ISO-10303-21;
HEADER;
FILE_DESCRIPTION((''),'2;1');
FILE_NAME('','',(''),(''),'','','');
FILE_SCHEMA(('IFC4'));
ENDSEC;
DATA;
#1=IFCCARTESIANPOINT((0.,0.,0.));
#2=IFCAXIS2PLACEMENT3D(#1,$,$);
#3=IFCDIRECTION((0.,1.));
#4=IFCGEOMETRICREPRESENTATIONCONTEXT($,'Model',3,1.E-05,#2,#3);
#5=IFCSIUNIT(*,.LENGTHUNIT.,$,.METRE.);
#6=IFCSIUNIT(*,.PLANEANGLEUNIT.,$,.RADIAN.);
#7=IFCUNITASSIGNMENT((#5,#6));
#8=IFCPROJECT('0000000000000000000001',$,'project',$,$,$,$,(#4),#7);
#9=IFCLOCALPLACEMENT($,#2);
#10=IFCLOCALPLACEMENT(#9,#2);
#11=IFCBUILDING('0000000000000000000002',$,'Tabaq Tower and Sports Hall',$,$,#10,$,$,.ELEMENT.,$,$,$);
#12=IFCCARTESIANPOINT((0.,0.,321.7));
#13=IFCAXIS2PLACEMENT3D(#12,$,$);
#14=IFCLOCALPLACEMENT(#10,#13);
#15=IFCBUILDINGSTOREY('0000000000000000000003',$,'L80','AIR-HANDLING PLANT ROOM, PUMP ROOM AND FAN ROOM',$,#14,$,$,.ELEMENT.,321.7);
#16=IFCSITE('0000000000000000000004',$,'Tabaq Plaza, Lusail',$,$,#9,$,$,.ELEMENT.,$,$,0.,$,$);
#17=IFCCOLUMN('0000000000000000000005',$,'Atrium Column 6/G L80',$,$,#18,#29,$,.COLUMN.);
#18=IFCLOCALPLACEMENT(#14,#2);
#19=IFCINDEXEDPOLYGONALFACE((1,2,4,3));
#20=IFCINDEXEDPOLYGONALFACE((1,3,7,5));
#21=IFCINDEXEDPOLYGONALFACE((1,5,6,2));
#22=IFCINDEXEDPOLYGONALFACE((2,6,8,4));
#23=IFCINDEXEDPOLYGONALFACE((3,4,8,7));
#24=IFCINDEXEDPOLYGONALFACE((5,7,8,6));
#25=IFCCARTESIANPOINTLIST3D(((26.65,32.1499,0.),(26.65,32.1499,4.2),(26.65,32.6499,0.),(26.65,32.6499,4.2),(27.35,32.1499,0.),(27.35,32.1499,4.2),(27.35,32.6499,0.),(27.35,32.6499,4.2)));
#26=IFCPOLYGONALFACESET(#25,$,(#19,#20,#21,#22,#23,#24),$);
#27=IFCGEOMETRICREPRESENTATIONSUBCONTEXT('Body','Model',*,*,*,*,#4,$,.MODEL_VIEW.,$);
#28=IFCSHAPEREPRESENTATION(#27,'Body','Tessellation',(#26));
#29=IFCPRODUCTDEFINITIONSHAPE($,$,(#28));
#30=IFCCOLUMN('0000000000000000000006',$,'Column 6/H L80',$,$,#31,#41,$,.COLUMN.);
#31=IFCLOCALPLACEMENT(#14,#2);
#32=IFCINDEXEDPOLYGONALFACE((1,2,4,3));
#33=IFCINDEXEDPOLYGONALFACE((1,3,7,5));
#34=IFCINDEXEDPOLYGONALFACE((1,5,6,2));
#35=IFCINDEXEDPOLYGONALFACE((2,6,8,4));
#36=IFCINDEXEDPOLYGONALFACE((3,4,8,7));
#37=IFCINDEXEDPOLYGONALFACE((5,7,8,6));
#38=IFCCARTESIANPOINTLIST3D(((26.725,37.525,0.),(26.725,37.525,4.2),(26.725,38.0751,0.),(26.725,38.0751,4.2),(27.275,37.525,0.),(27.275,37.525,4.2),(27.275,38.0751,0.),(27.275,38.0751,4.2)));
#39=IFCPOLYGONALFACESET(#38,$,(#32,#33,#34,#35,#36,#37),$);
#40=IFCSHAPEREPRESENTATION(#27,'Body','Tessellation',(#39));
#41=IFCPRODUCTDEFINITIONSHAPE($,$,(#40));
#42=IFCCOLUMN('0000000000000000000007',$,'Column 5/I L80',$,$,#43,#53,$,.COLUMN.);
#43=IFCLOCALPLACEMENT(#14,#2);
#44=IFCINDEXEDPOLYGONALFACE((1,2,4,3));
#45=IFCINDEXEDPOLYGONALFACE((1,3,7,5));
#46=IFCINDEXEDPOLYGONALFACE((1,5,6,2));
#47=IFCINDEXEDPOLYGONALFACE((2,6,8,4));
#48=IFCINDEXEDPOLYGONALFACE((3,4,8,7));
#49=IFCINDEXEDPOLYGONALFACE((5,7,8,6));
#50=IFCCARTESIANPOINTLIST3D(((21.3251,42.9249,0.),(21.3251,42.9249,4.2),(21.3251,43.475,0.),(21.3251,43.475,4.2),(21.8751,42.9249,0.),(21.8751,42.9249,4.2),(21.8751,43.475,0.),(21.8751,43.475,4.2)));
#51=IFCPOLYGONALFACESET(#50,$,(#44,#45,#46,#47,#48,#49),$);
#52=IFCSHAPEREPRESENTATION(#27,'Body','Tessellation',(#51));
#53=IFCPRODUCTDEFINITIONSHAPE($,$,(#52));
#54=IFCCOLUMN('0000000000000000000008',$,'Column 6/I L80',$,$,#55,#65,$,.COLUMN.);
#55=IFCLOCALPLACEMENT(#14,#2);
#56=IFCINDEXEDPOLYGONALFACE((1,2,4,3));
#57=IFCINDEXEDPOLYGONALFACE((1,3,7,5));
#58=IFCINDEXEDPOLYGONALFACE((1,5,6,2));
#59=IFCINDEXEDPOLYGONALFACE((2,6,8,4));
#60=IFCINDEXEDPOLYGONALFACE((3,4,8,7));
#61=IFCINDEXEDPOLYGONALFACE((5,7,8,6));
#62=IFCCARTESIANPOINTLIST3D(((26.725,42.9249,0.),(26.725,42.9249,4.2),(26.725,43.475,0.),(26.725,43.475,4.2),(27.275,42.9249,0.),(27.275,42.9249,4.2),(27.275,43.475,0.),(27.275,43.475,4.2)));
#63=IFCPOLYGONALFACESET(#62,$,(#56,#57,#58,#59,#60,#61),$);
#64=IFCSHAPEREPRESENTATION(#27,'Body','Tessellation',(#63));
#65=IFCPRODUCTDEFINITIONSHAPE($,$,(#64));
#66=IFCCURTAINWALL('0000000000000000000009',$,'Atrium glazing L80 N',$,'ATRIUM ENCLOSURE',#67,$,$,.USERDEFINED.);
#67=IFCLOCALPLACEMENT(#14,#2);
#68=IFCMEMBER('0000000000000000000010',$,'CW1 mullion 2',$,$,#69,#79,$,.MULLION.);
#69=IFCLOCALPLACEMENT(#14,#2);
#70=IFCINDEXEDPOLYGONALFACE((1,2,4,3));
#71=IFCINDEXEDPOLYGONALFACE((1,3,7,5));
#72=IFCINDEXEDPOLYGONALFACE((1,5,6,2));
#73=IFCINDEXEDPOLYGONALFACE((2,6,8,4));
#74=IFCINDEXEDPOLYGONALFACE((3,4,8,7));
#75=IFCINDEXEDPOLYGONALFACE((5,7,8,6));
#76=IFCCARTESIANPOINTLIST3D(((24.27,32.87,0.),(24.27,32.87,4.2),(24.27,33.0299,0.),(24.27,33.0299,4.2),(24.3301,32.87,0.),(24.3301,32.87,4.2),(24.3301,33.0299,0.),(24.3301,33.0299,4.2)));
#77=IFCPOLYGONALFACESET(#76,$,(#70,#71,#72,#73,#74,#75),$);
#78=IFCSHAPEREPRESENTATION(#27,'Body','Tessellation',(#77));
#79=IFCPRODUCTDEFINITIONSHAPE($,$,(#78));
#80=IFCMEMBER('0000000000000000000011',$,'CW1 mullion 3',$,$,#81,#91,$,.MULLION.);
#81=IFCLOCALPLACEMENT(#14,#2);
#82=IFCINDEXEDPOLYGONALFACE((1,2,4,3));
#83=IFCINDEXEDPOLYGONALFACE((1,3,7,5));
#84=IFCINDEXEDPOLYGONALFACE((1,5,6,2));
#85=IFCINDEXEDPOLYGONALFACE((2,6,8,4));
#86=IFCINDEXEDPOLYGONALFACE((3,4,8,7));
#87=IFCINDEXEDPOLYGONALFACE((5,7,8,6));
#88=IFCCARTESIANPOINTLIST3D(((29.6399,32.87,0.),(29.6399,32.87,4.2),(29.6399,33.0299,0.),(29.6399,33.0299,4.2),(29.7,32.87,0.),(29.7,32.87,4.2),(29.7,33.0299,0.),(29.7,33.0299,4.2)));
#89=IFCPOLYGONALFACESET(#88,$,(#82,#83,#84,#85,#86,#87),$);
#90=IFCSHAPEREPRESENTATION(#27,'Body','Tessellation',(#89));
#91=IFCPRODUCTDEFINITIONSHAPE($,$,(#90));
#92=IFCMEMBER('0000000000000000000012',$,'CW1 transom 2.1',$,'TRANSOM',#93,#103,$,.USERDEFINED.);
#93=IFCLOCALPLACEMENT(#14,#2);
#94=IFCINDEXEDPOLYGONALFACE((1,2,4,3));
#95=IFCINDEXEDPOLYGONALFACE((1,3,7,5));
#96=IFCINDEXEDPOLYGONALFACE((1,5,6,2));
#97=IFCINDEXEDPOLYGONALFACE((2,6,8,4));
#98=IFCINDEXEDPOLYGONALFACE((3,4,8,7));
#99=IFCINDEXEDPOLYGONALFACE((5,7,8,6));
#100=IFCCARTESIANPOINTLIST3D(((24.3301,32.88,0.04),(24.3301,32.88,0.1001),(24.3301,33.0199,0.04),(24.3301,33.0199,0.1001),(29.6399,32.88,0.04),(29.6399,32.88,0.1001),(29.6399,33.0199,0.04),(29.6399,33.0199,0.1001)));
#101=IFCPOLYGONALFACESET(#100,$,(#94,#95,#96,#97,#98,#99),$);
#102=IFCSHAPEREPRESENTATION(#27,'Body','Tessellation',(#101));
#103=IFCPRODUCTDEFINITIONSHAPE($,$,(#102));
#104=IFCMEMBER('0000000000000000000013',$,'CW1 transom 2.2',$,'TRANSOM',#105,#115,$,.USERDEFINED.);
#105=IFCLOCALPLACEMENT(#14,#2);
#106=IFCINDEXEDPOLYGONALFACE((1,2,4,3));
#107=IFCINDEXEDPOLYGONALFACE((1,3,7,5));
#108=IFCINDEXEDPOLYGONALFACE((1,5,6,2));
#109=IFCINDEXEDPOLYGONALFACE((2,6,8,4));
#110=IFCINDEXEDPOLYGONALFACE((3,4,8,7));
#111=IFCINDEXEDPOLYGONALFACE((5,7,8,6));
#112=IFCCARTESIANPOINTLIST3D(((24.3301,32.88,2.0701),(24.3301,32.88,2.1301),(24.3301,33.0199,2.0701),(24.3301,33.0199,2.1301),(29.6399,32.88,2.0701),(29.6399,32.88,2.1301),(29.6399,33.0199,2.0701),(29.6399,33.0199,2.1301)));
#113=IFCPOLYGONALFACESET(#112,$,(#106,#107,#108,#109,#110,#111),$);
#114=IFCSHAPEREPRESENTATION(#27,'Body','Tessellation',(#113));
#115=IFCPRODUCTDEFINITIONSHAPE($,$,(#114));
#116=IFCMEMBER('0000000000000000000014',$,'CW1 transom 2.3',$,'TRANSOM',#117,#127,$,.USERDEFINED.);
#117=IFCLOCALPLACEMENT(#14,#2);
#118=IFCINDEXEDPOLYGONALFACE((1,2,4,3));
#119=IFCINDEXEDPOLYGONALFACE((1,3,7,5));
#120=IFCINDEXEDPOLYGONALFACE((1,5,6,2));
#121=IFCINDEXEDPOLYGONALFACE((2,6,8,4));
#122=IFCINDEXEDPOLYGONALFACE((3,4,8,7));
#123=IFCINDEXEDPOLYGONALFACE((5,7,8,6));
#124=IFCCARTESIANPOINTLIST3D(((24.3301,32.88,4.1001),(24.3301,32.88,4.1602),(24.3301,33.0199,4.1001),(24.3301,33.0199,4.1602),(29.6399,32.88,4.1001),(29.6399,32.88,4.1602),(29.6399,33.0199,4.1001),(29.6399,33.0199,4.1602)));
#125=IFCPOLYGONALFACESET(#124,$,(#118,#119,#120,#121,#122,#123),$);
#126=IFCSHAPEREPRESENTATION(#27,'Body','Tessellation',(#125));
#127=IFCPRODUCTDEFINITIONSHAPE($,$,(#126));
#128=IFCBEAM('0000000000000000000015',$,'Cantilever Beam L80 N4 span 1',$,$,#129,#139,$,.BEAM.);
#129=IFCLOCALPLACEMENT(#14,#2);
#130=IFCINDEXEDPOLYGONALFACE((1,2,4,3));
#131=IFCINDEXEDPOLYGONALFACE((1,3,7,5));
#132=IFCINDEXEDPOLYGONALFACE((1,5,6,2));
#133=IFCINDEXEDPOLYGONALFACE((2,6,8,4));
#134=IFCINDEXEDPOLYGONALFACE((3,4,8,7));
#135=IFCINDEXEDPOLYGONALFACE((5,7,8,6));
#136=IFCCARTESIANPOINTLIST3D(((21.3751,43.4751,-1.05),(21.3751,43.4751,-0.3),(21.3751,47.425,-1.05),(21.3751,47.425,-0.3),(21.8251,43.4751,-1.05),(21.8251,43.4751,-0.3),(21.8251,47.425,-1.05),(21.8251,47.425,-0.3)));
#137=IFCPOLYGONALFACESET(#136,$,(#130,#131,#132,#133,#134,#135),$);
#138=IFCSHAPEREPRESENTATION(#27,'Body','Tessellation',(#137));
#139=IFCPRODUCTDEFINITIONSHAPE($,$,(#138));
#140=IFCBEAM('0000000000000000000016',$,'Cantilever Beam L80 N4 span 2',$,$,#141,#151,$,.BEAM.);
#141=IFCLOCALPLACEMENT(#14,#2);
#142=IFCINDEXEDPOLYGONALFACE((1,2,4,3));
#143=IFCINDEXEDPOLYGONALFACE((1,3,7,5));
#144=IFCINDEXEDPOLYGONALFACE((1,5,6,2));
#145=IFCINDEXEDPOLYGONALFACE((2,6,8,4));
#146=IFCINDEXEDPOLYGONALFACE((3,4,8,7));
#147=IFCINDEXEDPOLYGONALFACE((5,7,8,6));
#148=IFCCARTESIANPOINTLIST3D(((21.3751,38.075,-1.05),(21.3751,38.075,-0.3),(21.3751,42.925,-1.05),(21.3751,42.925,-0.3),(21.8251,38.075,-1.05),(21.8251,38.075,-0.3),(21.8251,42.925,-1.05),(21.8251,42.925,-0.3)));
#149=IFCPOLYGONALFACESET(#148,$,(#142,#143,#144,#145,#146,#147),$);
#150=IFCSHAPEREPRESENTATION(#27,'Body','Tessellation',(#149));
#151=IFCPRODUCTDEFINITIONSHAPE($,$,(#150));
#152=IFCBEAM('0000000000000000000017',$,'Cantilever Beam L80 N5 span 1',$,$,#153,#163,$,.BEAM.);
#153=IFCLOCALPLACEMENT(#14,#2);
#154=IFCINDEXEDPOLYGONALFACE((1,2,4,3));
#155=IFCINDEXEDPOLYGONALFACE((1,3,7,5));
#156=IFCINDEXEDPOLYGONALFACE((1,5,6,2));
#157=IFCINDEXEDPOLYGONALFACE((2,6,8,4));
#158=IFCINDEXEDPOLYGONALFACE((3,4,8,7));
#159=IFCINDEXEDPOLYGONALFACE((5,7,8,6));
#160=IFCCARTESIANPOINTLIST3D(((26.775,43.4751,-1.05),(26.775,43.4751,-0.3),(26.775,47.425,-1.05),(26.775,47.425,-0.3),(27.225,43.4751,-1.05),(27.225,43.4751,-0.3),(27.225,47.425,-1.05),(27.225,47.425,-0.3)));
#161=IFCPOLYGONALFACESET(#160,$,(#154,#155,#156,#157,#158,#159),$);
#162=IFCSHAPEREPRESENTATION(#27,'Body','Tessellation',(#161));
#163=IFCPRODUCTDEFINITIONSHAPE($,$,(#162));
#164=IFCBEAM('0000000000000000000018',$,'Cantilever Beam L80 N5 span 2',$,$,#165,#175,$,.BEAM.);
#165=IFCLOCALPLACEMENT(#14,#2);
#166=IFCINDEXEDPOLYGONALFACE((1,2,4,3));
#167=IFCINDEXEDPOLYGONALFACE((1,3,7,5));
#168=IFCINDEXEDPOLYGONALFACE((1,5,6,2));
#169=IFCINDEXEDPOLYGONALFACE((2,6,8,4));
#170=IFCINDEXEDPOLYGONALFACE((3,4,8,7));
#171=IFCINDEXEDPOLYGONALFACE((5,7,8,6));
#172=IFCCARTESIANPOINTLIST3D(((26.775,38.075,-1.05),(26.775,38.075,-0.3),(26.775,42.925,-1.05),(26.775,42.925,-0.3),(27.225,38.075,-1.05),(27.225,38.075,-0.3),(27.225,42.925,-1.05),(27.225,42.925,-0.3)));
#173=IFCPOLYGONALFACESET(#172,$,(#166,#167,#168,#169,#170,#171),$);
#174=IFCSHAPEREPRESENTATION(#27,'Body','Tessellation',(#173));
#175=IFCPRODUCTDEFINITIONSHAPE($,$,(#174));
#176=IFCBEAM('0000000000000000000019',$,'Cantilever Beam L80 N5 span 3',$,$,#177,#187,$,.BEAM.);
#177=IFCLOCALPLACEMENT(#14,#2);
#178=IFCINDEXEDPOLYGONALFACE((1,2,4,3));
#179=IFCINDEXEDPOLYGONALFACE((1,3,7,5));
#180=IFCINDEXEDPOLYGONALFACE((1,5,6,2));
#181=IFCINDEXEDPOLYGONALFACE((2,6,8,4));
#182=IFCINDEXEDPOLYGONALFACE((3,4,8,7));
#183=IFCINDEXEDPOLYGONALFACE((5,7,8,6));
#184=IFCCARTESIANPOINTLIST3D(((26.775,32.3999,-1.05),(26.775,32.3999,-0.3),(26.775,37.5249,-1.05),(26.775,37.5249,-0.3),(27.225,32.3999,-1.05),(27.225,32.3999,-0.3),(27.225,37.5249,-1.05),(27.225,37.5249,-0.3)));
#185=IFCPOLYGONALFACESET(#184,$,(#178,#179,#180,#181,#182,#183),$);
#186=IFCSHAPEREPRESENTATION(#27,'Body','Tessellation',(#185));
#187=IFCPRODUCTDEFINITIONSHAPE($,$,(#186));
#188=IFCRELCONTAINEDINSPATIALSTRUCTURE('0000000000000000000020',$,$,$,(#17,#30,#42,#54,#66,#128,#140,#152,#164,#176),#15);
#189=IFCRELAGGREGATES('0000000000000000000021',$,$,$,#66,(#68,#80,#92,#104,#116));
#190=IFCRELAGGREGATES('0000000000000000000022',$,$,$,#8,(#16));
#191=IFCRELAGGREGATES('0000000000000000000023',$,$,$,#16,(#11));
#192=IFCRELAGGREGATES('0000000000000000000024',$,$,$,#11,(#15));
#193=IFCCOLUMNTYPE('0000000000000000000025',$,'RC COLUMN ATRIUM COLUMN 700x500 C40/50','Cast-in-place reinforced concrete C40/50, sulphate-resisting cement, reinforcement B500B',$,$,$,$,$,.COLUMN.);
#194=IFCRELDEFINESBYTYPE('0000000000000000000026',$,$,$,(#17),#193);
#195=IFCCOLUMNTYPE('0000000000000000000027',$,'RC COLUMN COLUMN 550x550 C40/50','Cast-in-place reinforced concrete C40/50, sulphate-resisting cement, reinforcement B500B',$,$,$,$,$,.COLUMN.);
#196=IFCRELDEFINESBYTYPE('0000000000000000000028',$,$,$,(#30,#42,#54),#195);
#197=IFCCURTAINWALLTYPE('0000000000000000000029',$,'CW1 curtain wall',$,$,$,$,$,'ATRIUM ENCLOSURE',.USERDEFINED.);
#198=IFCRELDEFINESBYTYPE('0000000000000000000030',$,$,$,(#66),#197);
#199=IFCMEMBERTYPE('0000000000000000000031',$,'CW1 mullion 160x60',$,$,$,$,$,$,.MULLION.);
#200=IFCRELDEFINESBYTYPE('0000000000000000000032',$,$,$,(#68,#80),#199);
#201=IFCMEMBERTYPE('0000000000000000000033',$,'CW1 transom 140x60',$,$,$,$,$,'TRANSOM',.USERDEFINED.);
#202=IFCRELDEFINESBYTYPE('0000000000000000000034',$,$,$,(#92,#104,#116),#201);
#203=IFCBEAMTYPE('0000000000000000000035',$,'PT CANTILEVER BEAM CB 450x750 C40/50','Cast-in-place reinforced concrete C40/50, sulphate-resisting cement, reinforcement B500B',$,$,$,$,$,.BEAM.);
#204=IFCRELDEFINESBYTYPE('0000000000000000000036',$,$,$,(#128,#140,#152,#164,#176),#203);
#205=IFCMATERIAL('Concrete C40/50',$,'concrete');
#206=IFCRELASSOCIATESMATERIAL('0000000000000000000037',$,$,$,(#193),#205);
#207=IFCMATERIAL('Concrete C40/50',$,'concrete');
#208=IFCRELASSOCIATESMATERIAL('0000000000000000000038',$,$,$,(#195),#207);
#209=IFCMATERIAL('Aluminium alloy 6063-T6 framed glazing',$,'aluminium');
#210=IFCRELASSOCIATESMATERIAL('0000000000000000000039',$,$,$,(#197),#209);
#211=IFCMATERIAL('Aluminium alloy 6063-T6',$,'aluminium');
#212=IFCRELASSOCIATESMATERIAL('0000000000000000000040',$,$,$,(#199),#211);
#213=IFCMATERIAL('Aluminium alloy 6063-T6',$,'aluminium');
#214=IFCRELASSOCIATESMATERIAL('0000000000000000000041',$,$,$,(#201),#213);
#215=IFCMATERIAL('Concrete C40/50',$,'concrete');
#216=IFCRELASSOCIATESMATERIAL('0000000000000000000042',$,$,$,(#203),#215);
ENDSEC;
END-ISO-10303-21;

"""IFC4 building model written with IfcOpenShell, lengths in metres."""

from ifc_helpers import new_model, si_unit, direction, frame, origin, origin_2d, place, context, subcontext, project, spatial, rectangle, extrude, material, material_profile, profile_set, type_object, element, aggregate, save


model = new_model("IFC4")

# Units and contexts
model_context = context("Model", 3, precision=1e-05, world=origin(), true_north=direction((0.0, 1.0)))
body_context = subcontext(model_context, "Body", "Model", "MODEL_VIEW")
ifc_project = project(units=[si_unit("LENGTHUNIT", "METRE"), si_unit("PLANEANGLEUNIT", "RADIAN")], contexts=[model_context])

# Site, building, storey
site_placement = place(None, origin())
site = spatial("IfcSite", under=ifc_project, at=site_placement, Name="Tabaq Plaza, Lusail", CompositionType="ELEMENT", RefElevation=0.0)
building_placement = place(site_placement, origin())
building = spatial("IfcBuilding", under=site, at=building_placement, Name="Tabaq Tower and Sports Hall", CompositionType="ELEMENT")
storey_placement = place(building_placement, frame((0.0, 0.0, 321.7)))
storey = spatial("IfcBuildingStorey", under=building, at=storey_placement, Name="L80", Description="AIR-HANDLING PLANT ROOM, PUMP ROOM AND FAN ROOM", CompositionType="ELEMENT", Elevation=321.7)

# Columns
ifc_material_1 = material(Name="Concrete C40/50", Category="concrete")
ifc_material_profile_1 = material_profile(ifc_material_1, rectangle(XDim=0.7, YDim=0.5, at=origin_2d()), Name="ATRIUM COLUMN 700x500")
ifc_profile_set_1 = profile_set([ifc_material_profile_1], Name="Concrete C40/50")
column_type_1 = type_object("IfcColumnType", Name="RC COLUMN ATRIUM COLUMN 700x500 C40/50", Description="Cast-in-place reinforced concrete C40/50, sulphate-resisting cement, reinforcement B500B", PredefinedType="COLUMN", material=ifc_profile_set_1)
column_placement = place(storey_placement, frame((27.0, 32.3999, 0.0), z_axis=(0.0, 0.0, 1.0), x_axis=(1.0, 0.0, 0.0)))
element("IfcColumn", 1, at=column_placement, inside=storey, type_object=column_type_1, Name="Atrium Column 6/G L80", PredefinedType="COLUMN", context=body_context, shape_type="SweptSolid", body=[
    extrude(rectangle(XDim=0.7, YDim=0.5, at=origin_2d()), origin(), (0.0, 0.0, 1.0), 4.2),
])
ifc_material_2 = material(Name="Concrete C40/50", Category="concrete")
ifc_material_profile_2 = material_profile(ifc_material_2, rectangle(XDim=0.55, YDim=0.55, at=origin_2d()), Name="COLUMN 550x550")
ifc_profile_set_2 = profile_set([ifc_material_profile_2], Name="Concrete C40/50")
column_type_2 = type_object("IfcColumnType", Name="RC COLUMN COLUMN 550x550 C40/50", Description="Cast-in-place reinforced concrete C40/50, sulphate-resisting cement, reinforcement B500B", PredefinedType="COLUMN", material=ifc_profile_set_2)
for number, where, z_axis, x_axis, name in (
    (2, (27.0, 37.8, 0.0), (0.0, 0.0, 1.0), (1.0, 0.0, 0.0), "Column 6/H L80"),
    (3, (21.6001, 43.2, 0.0), (0.0, 0.0, 1.0), (1.0, 0.0, 0.0), "Column 5/I L80"),
    (4, (27.0, 43.2, 0.0), (0.0, 0.0, 1.0), (1.0, 0.0, 0.0), "Column 6/I L80"),
):
    element("IfcColumn", number, at=place(storey_placement, frame(where, z_axis=z_axis, x_axis=x_axis)), inside=storey, type_object=column_type_2, Name=name, PredefinedType="COLUMN", context=body_context, shape_type="SweptSolid", body=[
        extrude(rectangle(XDim=0.55, YDim=0.55, at=origin_2d()), origin(), (0.0, 0.0, 1.0), 4.2),
    ])

# Curtain wall, members
ifc_material_3 = material(Name="Aluminium alloy 6063-T6 framed glazing", Category="aluminium")
curtain_wall_type = type_object("IfcCurtainWallType", Name="CW1 curtain wall", ElementType="ATRIUM ENCLOSURE", PredefinedType="USERDEFINED", material=ifc_material_3)
curtain_wall_placement = place(storey_placement, origin())
curtain_wall = element("IfcCurtainWall", 5, at=curtain_wall_placement, inside=storey, type_object=curtain_wall_type, Name="Atrium glazing L80 N", ObjectType="ATRIUM ENCLOSURE", PredefinedType="USERDEFINED")
ifc_material_4 = material(Name="Aluminium alloy 6063-T6", Category="aluminium")
ifc_material_profile_3 = material_profile(ifc_material_4, rectangle(XDim=0.1599, YDim=0.0601, at=origin_2d()), Name="MULLION 160x60")
ifc_profile_set_3 = profile_set([ifc_material_profile_3], Name="Aluminium alloy 6063-T6")
member_type_1 = type_object("IfcMemberType", Name="CW1 mullion 160x60", PredefinedType="MULLION", material=ifc_profile_set_3)
member_1_placement = place(storey_placement, frame((24.3, 32.95, 0.0), z_axis=(0.0, 0.0, 1.0), x_axis=(0.0, 1.0, 0.0)))
member_1 = element("IfcMember", 6, at=member_1_placement, type_object=member_type_1, Name="CW1 mullion 2", PredefinedType="MULLION", context=body_context, shape_type="SweptSolid", body=[
    extrude(rectangle(XDim=0.1599, YDim=0.0601, at=origin_2d()), origin(), (0.0, 0.0, 1.0), 4.2),
])
member_2_placement = place(storey_placement, frame((29.6699, 32.95, 0.0), z_axis=(0.0, 0.0, 1.0), x_axis=(0.0, 1.0, 0.0)))
member_2 = element("IfcMember", 7, at=member_2_placement, type_object=member_type_1, Name="CW1 mullion 3", PredefinedType="MULLION", context=body_context, shape_type="SweptSolid", body=[
    extrude(rectangle(XDim=0.1599, YDim=0.0601, at=origin_2d()), origin(), (0.0, 0.0, 1.0), 4.2),
])
ifc_material_5 = material(Name="Aluminium alloy 6063-T6", Category="aluminium")
ifc_material_profile_4 = material_profile(ifc_material_5, rectangle(XDim=0.1399, YDim=0.0601, at=origin_2d()), Name="TRANSOM 140x60")
ifc_profile_set_4 = profile_set([ifc_material_profile_4], Name="Aluminium alloy 6063-T6")
member_type_2 = type_object("IfcMemberType", Name="CW1 transom 140x60", ElementType="TRANSOM", PredefinedType="USERDEFINED", material=ifc_profile_set_4)
member_3_placement = place(storey_placement, frame((24.3301, 32.95, 0.0701), z_axis=(1.0, 0.0, 0.0), x_axis=(0.0, 1.0, 0.0)))
member_3 = element("IfcMember", 8, at=member_3_placement, type_object=member_type_2, Name="CW1 transom 2.1", ObjectType="TRANSOM", PredefinedType="USERDEFINED", context=body_context, shape_type="SweptSolid", body=[
    extrude(rectangle(XDim=0.1399, YDim=0.0601, at=origin_2d()), origin(), (0.0, 0.0, 1.0), 5.3098),
])
member_4_placement = place(storey_placement, frame((24.3301, 32.95, 2.1001), z_axis=(1.0, 0.0, 0.0), x_axis=(0.0, 1.0, 0.0)))
member_4 = element("IfcMember", 9, at=member_4_placement, type_object=member_type_2, Name="CW1 transom 2.2", ObjectType="TRANSOM", PredefinedType="USERDEFINED", context=body_context, shape_type="SweptSolid", body=[
    extrude(rectangle(XDim=0.1399, YDim=0.0601, at=origin_2d()), origin(), (0.0, 0.0, 1.0), 5.3098),
])
member_5_placement = place(storey_placement, frame((24.3301, 32.95, 4.1301), z_axis=(1.0, 0.0, 0.0), x_axis=(0.0, 1.0, 0.0)))
member_5 = element("IfcMember", 10, at=member_5_placement, type_object=member_type_2, Name="CW1 transom 2.3", ObjectType="TRANSOM", PredefinedType="USERDEFINED", context=body_context, shape_type="SweptSolid", body=[
    extrude(rectangle(XDim=0.1399, YDim=0.0601, at=origin_2d()), origin(), (0.0, 0.0, 1.0), 5.3098),
])

# Beams
ifc_material_6 = material(Name="Concrete C40/50", Category="concrete")
ifc_material_profile_5 = material_profile(ifc_material_6, rectangle(XDim=0.45, YDim=0.75, at=origin_2d()), Name="CB 450x750")
ifc_profile_set_5 = profile_set([ifc_material_profile_5], Name="Concrete C40/50")
beam_type = type_object("IfcBeamType", Name="PT CANTILEVER BEAM CB 450x750 C40/50", Description="Cast-in-place reinforced concrete C40/50, sulphate-resisting cement, reinforcement B500B", PredefinedType="BEAM", material=ifc_profile_set_5)
beam_1_placement = place(storey_placement, frame((21.6001, 47.425, -0.675), z_axis=(0.0, -1.0, 0.0), x_axis=(1.0, 0.0, 0.0)))
element("IfcBeam", 11, at=beam_1_placement, inside=storey, type_object=beam_type, Name="Cantilever Beam L80 N4 span 1", PredefinedType="BEAM", context=body_context, shape_type="SweptSolid", body=[
    extrude(rectangle(XDim=0.45, YDim=0.75, at=origin_2d()), origin(), (0.0, 0.0, 1.0), 3.95),
])
beam_2_placement = place(storey_placement, frame((21.6001, 42.925, -0.675), z_axis=(0.0, -1.0, 0.0), x_axis=(1.0, 0.0, 0.0)))
element("IfcBeam", 12, at=beam_2_placement, inside=storey, type_object=beam_type, Name="Cantilever Beam L80 N4 span 2", PredefinedType="BEAM", context=body_context, shape_type="SweptSolid", body=[
    extrude(rectangle(XDim=0.45, YDim=0.75, at=origin_2d()), origin(), (0.0, 0.0, 1.0), 4.8501),
])
beam_3_placement = place(storey_placement, frame((27.0, 47.425, -0.675), z_axis=(0.0, -1.0, 0.0), x_axis=(1.0, 0.0, 0.0)))
element("IfcBeam", 13, at=beam_3_placement, inside=storey, type_object=beam_type, Name="Cantilever Beam L80 N5 span 1", PredefinedType="BEAM", context=body_context, shape_type="SweptSolid", body=[
    extrude(rectangle(XDim=0.45, YDim=0.75, at=origin_2d()), origin(), (0.0, 0.0, 1.0), 3.95),
])
beam_4_placement = place(storey_placement, frame((27.0, 42.925, -0.675), z_axis=(0.0, -1.0, 0.0), x_axis=(1.0, 0.0, 0.0)))
element("IfcBeam", 14, at=beam_4_placement, inside=storey, type_object=beam_type, Name="Cantilever Beam L80 N5 span 2", PredefinedType="BEAM", context=body_context, shape_type="SweptSolid", body=[
    extrude(rectangle(XDim=0.45, YDim=0.75, at=origin_2d()), origin(), (0.0, 0.0, 1.0), 4.8501),
])
beam_5_placement = place(storey_placement, frame((27.0, 37.5249, -0.675), z_axis=(0.0, -1.0, 0.0), x_axis=(1.0, 0.0, 0.0)))
element("IfcBeam", 15, at=beam_5_placement, inside=storey, type_object=beam_type, Name="Cantilever Beam L80 N5 span 3", PredefinedType="BEAM", context=body_context, shape_type="SweptSolid", body=[
    extrude(rectangle(XDim=0.45, YDim=0.75, at=origin_2d()), origin(), (0.0, 0.0, 1.0), 5.125),
])

aggregate(curtain_wall, [member_1, member_2, member_3, member_4, member_5])

save(model, "model.ifc")
